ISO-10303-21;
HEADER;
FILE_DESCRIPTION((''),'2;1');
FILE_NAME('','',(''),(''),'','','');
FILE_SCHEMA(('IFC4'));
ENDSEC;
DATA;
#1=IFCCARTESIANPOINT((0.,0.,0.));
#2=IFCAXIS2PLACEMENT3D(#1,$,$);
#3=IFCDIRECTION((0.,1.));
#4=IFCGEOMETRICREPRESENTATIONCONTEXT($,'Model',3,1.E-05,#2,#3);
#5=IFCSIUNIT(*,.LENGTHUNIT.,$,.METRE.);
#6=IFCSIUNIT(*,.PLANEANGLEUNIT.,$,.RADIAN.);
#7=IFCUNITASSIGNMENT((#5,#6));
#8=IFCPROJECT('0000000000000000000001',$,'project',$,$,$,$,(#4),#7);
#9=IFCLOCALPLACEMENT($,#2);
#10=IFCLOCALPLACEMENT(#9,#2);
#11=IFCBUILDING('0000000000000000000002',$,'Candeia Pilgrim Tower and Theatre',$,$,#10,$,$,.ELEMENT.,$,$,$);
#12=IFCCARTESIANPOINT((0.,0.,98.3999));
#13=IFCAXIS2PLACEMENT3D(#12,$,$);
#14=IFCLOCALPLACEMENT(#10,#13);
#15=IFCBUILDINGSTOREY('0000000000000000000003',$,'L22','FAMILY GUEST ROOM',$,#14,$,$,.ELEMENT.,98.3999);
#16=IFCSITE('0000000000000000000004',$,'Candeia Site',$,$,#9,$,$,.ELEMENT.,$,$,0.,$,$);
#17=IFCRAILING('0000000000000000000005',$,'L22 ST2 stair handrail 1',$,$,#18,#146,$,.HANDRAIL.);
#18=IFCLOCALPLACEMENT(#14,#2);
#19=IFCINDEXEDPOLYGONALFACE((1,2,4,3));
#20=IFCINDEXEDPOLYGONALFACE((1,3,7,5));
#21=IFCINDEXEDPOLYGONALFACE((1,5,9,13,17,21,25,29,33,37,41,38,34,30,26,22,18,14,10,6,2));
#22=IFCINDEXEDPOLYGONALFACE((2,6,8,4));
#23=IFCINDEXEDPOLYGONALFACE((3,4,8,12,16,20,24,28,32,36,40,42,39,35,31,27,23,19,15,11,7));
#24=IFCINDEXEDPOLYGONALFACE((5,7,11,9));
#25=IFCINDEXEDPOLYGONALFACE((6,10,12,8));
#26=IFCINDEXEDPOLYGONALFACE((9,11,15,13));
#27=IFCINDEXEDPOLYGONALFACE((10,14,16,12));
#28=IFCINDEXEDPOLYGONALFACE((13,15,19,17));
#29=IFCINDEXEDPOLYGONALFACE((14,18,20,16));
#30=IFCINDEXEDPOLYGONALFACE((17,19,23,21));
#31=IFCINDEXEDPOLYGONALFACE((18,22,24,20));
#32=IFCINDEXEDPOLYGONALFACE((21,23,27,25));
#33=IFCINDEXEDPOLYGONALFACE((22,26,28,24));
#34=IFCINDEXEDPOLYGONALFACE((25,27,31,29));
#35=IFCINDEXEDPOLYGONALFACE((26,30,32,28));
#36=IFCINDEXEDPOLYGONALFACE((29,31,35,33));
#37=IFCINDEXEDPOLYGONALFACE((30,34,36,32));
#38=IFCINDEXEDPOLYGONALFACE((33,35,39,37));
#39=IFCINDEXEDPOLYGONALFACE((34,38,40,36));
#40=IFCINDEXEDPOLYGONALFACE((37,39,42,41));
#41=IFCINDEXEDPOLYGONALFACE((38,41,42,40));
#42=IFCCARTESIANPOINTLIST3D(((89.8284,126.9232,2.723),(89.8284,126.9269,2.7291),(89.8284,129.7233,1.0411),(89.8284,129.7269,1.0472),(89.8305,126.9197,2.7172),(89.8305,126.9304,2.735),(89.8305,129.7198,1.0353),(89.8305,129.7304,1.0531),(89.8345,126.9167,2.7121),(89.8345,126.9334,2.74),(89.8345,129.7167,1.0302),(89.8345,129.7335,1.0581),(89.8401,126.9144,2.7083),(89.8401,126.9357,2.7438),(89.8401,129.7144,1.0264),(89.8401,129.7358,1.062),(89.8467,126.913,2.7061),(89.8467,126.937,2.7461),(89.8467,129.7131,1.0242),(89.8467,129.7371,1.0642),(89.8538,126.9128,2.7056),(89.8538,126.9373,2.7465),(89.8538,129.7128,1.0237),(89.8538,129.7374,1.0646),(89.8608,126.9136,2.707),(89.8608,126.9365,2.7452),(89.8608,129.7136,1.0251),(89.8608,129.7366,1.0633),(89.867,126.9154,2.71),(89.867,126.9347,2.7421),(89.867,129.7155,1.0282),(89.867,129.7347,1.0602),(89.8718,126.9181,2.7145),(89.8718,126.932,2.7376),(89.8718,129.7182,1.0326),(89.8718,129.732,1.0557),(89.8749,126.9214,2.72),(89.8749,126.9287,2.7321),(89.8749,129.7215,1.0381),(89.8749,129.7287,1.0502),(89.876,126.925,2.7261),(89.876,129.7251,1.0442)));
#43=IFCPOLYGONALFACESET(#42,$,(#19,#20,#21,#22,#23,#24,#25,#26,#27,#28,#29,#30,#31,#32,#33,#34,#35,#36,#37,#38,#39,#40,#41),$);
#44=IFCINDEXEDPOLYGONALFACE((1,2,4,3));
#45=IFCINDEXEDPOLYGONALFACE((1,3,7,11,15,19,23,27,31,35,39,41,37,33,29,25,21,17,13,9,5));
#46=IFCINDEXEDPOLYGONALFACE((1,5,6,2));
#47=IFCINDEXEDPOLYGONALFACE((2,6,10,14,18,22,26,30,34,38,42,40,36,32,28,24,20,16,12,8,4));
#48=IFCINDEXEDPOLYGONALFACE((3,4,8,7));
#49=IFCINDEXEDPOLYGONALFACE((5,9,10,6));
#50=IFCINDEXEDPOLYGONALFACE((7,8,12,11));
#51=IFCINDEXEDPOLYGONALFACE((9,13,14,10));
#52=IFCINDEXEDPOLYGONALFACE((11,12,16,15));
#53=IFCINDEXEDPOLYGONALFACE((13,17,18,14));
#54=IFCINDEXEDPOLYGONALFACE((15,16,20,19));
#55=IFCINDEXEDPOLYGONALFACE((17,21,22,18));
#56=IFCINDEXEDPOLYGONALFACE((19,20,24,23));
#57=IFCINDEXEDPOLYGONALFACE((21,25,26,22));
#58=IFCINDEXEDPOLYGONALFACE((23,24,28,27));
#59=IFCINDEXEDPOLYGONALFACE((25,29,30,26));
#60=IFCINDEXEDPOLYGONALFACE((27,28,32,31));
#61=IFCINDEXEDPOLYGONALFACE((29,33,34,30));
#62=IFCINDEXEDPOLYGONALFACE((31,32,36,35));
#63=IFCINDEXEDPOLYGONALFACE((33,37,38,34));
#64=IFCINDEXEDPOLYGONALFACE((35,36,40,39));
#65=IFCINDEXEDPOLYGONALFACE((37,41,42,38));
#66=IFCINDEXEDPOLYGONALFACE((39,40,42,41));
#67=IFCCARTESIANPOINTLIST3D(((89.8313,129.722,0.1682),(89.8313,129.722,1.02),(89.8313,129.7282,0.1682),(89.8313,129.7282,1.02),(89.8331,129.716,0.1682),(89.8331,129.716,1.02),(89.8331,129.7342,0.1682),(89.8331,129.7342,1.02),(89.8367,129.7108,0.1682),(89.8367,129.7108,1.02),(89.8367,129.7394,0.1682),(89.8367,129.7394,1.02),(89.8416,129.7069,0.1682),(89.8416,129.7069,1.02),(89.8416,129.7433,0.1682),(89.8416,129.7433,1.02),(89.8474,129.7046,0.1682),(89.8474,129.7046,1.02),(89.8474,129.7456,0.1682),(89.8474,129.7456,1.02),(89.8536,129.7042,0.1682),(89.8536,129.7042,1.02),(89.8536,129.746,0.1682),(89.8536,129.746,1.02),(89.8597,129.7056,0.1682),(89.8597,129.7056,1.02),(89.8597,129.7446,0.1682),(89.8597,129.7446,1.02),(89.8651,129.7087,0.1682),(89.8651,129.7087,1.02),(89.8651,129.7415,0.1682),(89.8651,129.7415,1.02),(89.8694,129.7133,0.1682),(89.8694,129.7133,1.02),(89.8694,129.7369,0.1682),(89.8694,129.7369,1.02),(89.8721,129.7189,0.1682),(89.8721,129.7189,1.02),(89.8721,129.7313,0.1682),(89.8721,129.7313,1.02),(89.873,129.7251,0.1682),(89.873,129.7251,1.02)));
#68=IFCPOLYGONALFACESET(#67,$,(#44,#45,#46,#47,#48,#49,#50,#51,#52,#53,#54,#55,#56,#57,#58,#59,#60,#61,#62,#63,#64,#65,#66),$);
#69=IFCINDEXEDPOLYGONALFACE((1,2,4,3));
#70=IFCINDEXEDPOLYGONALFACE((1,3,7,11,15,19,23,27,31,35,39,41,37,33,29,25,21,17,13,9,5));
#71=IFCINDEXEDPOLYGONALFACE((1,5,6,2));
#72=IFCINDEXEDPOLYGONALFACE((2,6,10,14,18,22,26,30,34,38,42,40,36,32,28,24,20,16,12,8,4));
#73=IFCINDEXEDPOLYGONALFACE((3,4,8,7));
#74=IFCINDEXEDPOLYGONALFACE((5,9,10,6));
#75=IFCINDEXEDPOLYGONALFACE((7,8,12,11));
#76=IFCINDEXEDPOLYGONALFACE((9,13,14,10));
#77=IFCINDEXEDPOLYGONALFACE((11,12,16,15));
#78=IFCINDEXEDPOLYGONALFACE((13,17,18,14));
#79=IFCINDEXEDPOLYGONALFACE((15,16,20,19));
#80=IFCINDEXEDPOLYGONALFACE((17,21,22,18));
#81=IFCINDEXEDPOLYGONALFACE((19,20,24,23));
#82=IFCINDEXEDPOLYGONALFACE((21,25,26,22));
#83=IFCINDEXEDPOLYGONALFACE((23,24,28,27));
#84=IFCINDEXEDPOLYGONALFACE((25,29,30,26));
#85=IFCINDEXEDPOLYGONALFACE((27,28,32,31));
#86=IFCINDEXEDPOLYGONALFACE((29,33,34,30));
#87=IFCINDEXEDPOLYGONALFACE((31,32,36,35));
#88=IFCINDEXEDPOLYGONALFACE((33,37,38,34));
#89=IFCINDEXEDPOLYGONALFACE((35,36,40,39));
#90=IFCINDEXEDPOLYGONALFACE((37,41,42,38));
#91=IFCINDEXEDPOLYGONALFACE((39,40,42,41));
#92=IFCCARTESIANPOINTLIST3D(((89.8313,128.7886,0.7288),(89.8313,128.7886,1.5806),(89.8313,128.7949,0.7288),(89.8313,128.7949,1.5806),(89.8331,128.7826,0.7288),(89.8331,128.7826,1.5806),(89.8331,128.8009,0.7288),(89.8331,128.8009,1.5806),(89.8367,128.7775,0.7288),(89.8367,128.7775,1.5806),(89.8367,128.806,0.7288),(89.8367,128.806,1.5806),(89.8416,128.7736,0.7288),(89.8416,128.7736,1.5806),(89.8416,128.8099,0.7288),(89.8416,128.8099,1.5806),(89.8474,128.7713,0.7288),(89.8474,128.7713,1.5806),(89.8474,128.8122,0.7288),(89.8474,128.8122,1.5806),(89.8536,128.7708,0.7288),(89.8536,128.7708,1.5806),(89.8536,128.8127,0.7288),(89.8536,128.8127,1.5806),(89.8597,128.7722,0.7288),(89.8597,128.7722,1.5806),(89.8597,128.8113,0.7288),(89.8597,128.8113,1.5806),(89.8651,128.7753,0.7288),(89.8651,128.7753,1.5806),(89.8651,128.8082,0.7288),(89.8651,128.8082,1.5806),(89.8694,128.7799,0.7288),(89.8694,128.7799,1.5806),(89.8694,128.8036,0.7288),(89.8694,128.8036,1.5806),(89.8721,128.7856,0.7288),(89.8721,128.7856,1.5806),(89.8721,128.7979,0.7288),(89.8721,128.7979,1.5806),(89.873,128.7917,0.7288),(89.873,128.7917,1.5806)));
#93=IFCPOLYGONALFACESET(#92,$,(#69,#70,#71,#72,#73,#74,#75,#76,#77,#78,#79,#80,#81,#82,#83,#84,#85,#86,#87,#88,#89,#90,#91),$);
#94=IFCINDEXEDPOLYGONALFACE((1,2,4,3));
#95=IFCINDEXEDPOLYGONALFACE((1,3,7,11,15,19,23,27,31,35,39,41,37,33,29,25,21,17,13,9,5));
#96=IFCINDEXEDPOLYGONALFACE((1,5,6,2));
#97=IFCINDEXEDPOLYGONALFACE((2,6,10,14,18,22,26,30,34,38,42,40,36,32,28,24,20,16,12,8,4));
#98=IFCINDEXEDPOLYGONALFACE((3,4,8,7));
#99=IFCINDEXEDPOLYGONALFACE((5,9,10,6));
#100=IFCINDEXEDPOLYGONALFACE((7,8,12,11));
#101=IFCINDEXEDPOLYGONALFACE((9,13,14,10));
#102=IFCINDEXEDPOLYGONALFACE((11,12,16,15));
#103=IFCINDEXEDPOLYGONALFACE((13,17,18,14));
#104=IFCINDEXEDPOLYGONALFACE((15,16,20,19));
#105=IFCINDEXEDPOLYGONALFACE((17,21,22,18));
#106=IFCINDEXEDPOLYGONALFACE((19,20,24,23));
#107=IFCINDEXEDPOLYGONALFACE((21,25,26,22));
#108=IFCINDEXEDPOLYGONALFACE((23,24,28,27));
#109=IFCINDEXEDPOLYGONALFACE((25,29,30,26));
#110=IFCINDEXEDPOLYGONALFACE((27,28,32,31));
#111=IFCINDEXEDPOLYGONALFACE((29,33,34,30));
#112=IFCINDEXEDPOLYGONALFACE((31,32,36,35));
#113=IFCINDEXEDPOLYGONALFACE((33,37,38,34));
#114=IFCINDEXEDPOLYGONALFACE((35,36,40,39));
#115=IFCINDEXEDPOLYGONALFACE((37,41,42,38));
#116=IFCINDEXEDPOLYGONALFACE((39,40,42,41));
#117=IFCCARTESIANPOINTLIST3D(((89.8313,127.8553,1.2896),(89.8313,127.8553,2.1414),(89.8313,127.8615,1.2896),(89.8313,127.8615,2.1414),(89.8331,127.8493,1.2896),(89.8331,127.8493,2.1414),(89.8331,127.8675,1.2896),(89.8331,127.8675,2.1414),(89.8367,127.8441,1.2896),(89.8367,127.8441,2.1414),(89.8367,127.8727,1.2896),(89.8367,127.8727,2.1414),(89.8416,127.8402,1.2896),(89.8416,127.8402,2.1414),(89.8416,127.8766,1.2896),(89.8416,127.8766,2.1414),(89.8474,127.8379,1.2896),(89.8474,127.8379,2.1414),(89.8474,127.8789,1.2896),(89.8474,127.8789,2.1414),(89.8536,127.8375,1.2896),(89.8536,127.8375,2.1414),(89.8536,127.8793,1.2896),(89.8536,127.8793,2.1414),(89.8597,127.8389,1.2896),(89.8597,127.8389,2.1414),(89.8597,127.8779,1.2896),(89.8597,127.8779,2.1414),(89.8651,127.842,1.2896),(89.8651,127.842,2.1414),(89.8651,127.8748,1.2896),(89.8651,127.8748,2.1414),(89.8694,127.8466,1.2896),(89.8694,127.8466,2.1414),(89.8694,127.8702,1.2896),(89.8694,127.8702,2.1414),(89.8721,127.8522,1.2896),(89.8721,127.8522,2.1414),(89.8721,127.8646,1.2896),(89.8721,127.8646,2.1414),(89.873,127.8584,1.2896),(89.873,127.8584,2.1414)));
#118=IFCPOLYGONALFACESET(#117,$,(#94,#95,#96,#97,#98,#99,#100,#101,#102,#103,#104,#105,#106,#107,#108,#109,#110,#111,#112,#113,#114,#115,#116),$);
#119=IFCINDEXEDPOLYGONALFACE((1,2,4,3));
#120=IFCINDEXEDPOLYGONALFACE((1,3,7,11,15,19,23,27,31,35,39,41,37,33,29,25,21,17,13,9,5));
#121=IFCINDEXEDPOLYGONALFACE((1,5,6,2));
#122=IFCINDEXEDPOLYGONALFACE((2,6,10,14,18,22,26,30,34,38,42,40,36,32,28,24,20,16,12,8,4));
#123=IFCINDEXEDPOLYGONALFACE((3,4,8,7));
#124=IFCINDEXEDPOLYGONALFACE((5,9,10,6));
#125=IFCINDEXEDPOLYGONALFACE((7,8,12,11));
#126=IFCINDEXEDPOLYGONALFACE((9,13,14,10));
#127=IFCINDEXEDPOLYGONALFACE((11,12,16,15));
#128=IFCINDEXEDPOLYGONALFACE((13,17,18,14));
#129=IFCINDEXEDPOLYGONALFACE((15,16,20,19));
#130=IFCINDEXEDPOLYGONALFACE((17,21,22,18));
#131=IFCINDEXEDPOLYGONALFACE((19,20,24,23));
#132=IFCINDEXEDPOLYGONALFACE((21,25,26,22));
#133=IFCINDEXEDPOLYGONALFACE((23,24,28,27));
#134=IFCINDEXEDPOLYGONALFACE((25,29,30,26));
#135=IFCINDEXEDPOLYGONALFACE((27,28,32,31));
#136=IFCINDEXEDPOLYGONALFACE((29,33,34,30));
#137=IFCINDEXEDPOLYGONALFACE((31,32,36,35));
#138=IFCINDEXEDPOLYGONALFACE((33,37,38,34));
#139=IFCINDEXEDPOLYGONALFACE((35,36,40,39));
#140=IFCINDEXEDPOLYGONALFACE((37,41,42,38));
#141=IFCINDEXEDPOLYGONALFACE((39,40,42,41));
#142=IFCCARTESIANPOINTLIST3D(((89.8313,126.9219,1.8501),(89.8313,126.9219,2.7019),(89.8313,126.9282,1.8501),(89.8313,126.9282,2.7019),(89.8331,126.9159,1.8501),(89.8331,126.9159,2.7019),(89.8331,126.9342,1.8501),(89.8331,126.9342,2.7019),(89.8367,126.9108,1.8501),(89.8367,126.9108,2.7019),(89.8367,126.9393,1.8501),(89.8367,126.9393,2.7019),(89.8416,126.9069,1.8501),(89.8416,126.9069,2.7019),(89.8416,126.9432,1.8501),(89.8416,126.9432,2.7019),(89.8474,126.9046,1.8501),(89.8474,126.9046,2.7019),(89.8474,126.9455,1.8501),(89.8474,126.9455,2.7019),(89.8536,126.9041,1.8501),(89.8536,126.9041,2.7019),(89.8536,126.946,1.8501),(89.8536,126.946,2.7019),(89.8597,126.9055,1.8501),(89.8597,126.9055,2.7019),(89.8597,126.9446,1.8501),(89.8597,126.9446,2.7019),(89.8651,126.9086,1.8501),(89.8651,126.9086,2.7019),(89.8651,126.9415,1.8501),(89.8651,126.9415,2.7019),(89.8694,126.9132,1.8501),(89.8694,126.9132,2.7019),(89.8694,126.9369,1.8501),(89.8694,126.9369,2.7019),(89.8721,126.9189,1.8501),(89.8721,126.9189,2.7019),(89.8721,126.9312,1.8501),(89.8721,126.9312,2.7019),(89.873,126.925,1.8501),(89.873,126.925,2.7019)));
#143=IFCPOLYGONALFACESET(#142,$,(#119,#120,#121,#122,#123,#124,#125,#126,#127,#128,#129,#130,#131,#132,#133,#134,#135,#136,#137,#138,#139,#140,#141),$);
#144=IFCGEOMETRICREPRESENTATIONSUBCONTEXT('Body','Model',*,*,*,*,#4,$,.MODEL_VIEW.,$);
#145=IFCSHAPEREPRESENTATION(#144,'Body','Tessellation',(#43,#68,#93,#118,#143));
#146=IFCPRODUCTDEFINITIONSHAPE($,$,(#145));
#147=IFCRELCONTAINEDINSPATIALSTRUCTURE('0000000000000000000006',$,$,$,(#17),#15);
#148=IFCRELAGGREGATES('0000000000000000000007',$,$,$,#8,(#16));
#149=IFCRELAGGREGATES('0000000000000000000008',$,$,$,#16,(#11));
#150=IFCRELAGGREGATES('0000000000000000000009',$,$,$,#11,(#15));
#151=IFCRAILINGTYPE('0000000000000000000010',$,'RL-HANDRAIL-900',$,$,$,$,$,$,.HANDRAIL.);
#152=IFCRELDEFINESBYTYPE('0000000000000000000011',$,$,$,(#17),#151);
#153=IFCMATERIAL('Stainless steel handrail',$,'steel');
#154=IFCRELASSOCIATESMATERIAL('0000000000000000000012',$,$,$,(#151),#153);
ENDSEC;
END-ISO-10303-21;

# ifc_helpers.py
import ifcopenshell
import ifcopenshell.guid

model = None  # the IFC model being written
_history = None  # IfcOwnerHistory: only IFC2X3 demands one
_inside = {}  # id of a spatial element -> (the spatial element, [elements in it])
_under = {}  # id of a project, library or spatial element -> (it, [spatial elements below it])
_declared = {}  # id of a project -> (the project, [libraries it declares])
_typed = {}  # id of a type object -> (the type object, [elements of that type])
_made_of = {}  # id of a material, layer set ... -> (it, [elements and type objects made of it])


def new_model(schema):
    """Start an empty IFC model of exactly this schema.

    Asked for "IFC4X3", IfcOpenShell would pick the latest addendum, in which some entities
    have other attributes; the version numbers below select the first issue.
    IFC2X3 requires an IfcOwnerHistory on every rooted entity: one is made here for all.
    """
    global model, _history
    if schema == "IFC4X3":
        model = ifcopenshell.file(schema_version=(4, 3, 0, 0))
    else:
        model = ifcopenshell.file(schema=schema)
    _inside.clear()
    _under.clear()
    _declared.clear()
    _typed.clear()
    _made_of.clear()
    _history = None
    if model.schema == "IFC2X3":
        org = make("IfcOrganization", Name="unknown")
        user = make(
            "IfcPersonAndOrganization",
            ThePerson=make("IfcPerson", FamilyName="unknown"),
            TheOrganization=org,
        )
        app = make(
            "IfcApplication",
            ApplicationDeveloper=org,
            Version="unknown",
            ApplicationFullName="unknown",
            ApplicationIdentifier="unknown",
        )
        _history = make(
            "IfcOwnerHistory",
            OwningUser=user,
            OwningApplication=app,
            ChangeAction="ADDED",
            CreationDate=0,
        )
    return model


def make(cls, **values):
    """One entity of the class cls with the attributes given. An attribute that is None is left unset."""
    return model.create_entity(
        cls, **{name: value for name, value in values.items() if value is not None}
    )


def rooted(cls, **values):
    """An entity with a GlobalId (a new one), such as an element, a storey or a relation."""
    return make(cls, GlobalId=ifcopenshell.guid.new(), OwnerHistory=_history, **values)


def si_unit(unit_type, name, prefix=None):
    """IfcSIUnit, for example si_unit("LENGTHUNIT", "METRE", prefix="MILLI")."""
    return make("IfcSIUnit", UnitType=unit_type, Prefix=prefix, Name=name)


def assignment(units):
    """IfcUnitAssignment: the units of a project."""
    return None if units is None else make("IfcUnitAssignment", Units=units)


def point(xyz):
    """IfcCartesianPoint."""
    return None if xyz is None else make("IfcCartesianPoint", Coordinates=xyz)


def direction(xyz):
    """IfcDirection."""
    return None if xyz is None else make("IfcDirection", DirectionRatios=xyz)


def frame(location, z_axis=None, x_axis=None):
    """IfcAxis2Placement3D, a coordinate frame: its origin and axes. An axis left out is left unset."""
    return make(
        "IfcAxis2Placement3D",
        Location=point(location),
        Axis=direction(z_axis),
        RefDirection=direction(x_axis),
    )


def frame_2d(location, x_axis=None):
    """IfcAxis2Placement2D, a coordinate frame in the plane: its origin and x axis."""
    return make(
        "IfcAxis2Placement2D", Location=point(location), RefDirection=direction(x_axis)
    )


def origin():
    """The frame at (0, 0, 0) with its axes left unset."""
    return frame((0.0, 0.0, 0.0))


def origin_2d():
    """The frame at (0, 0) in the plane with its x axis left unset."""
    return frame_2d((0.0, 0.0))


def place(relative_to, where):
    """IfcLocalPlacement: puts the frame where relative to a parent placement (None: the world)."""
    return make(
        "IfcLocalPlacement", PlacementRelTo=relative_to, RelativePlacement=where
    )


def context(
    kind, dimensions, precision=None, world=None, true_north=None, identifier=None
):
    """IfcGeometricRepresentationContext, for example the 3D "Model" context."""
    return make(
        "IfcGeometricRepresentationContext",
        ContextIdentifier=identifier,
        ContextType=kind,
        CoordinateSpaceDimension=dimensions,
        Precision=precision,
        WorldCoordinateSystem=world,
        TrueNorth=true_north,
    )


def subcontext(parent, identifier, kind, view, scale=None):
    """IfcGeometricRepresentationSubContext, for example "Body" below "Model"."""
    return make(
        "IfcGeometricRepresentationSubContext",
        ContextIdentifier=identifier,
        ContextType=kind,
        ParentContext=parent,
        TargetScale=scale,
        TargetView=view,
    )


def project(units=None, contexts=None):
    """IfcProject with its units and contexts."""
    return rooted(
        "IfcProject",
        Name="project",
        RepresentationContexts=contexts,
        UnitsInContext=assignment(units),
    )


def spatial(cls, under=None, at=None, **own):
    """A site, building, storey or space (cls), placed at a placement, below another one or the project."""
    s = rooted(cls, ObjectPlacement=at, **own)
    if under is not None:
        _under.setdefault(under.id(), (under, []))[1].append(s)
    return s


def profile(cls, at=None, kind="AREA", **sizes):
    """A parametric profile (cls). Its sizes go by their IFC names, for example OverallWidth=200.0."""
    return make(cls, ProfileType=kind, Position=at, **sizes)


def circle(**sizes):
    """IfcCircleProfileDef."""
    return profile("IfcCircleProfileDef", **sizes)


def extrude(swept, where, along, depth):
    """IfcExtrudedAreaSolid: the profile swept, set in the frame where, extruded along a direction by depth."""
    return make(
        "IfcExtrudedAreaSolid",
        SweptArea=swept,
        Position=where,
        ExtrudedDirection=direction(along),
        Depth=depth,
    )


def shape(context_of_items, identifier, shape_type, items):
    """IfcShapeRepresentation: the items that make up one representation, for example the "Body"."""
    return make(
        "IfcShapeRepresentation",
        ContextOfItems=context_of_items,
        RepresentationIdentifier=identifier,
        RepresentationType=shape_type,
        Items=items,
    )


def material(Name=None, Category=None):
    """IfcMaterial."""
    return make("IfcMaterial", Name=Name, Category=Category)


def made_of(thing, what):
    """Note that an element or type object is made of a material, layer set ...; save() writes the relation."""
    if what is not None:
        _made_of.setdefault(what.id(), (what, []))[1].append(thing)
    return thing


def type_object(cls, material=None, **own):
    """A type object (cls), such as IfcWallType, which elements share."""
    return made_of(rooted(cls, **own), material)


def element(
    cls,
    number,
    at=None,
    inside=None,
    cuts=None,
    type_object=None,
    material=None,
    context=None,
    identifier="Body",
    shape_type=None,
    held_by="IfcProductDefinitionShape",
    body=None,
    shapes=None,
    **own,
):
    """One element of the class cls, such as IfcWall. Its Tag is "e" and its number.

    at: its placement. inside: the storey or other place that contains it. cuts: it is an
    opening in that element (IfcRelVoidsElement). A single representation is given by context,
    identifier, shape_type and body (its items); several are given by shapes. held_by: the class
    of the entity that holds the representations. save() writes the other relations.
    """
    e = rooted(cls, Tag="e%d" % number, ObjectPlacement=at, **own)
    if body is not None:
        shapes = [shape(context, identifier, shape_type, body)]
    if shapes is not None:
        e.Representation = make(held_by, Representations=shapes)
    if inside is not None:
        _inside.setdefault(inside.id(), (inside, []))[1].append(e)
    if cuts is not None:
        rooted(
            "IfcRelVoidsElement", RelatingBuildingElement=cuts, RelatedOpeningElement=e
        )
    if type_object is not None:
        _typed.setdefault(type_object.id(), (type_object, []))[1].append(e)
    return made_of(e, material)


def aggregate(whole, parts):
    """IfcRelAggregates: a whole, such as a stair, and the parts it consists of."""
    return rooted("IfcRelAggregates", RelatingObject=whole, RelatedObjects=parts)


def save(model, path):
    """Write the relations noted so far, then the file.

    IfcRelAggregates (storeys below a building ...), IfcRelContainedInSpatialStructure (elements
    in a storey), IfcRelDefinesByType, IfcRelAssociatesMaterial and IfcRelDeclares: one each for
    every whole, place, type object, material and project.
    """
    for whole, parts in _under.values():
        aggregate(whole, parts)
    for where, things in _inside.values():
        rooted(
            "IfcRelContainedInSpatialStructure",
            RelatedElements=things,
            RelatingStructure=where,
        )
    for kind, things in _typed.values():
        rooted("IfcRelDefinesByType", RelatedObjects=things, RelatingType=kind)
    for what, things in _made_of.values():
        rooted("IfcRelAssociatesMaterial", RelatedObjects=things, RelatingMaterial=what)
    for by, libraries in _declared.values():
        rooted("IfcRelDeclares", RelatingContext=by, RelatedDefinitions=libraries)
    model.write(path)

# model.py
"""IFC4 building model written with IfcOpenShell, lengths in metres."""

from ifc_helpers import new_model, si_unit, direction, frame, origin, origin_2d, place, context, subcontext, project, spatial, circle, extrude, material, type_object, element, save


model = new_model("IFC4")

# Units and contexts
model_context = context("Model", 3, precision=1e-05, world=origin(), true_north=direction((0.0, 1.0)))
body_context = subcontext(model_context, "Body", "Model", "MODEL_VIEW")
ifc_project = project(units=[si_unit("LENGTHUNIT", "METRE"), si_unit("PLANEANGLEUNIT", "RADIAN")], contexts=[model_context])

# Site, building, storey
site_placement = place(None, origin())
site = spatial("IfcSite", under=ifc_project, at=site_placement, Name="Candeia Site", CompositionType="ELEMENT", RefElevation=0.0)
building_placement = place(site_placement, origin())
building = spatial("IfcBuilding", under=site, at=building_placement, Name="Candeia Pilgrim Tower and Theatre", CompositionType="ELEMENT")
storey_placement = place(building_placement, frame((0.0, 0.0, 98.3999)))
storey = spatial("IfcBuildingStorey", under=building, at=storey_placement, Name="L22", Description="FAMILY GUEST ROOM", CompositionType="ELEMENT", Elevation=98.3999)

# Railing
ifc_material_1 = material(Name="Stainless steel handrail", Category="steel")
railing_type_1 = type_object("IfcRailingType", Name="RL-HANDRAIL-900", PredefinedType="HANDRAIL", material=ifc_material_1)
railing_1_placement = place(storey_placement, frame((89.8521, 129.7251, 0.1682)))
element("IfcRailing", 1, at=railing_1_placement, inside=storey, type_object=railing_type_1, Name="L22 ST2 stair handrail 1", PredefinedType="HANDRAIL", context=body_context, shape_type="SweptSolid", body=[
    extrude(circle(Radius=0.0239, at=origin_2d()), frame((0.0, 0.0, 0.876), z_axis=(0.0, -0.857242, 0.514913), x_axis=(1.0, 0.0, 0.0)), (0.0, 0.0, 1.0), 3.2664),
    extrude(circle(Radius=0.021, at=origin_2d()), origin(), (0.0, 0.0, 1.0), 0.8518),
    extrude(circle(Radius=0.021, at=origin_2d()), frame((0.0, -0.9333, 0.5605)), (0.0, 0.0, 1.0), 0.8518),
    extrude(circle(Radius=0.021, at=origin_2d()), frame((0.0, -1.8667, 1.1213)), (0.0, 0.0, 1.0), 0.8518),
    extrude(circle(Radius=0.021, at=origin_2d()), frame((0.0, -2.8, 1.6819)), (0.0, 0.0, 1.0), 0.8518),
])

save(model, "model.ifc")
